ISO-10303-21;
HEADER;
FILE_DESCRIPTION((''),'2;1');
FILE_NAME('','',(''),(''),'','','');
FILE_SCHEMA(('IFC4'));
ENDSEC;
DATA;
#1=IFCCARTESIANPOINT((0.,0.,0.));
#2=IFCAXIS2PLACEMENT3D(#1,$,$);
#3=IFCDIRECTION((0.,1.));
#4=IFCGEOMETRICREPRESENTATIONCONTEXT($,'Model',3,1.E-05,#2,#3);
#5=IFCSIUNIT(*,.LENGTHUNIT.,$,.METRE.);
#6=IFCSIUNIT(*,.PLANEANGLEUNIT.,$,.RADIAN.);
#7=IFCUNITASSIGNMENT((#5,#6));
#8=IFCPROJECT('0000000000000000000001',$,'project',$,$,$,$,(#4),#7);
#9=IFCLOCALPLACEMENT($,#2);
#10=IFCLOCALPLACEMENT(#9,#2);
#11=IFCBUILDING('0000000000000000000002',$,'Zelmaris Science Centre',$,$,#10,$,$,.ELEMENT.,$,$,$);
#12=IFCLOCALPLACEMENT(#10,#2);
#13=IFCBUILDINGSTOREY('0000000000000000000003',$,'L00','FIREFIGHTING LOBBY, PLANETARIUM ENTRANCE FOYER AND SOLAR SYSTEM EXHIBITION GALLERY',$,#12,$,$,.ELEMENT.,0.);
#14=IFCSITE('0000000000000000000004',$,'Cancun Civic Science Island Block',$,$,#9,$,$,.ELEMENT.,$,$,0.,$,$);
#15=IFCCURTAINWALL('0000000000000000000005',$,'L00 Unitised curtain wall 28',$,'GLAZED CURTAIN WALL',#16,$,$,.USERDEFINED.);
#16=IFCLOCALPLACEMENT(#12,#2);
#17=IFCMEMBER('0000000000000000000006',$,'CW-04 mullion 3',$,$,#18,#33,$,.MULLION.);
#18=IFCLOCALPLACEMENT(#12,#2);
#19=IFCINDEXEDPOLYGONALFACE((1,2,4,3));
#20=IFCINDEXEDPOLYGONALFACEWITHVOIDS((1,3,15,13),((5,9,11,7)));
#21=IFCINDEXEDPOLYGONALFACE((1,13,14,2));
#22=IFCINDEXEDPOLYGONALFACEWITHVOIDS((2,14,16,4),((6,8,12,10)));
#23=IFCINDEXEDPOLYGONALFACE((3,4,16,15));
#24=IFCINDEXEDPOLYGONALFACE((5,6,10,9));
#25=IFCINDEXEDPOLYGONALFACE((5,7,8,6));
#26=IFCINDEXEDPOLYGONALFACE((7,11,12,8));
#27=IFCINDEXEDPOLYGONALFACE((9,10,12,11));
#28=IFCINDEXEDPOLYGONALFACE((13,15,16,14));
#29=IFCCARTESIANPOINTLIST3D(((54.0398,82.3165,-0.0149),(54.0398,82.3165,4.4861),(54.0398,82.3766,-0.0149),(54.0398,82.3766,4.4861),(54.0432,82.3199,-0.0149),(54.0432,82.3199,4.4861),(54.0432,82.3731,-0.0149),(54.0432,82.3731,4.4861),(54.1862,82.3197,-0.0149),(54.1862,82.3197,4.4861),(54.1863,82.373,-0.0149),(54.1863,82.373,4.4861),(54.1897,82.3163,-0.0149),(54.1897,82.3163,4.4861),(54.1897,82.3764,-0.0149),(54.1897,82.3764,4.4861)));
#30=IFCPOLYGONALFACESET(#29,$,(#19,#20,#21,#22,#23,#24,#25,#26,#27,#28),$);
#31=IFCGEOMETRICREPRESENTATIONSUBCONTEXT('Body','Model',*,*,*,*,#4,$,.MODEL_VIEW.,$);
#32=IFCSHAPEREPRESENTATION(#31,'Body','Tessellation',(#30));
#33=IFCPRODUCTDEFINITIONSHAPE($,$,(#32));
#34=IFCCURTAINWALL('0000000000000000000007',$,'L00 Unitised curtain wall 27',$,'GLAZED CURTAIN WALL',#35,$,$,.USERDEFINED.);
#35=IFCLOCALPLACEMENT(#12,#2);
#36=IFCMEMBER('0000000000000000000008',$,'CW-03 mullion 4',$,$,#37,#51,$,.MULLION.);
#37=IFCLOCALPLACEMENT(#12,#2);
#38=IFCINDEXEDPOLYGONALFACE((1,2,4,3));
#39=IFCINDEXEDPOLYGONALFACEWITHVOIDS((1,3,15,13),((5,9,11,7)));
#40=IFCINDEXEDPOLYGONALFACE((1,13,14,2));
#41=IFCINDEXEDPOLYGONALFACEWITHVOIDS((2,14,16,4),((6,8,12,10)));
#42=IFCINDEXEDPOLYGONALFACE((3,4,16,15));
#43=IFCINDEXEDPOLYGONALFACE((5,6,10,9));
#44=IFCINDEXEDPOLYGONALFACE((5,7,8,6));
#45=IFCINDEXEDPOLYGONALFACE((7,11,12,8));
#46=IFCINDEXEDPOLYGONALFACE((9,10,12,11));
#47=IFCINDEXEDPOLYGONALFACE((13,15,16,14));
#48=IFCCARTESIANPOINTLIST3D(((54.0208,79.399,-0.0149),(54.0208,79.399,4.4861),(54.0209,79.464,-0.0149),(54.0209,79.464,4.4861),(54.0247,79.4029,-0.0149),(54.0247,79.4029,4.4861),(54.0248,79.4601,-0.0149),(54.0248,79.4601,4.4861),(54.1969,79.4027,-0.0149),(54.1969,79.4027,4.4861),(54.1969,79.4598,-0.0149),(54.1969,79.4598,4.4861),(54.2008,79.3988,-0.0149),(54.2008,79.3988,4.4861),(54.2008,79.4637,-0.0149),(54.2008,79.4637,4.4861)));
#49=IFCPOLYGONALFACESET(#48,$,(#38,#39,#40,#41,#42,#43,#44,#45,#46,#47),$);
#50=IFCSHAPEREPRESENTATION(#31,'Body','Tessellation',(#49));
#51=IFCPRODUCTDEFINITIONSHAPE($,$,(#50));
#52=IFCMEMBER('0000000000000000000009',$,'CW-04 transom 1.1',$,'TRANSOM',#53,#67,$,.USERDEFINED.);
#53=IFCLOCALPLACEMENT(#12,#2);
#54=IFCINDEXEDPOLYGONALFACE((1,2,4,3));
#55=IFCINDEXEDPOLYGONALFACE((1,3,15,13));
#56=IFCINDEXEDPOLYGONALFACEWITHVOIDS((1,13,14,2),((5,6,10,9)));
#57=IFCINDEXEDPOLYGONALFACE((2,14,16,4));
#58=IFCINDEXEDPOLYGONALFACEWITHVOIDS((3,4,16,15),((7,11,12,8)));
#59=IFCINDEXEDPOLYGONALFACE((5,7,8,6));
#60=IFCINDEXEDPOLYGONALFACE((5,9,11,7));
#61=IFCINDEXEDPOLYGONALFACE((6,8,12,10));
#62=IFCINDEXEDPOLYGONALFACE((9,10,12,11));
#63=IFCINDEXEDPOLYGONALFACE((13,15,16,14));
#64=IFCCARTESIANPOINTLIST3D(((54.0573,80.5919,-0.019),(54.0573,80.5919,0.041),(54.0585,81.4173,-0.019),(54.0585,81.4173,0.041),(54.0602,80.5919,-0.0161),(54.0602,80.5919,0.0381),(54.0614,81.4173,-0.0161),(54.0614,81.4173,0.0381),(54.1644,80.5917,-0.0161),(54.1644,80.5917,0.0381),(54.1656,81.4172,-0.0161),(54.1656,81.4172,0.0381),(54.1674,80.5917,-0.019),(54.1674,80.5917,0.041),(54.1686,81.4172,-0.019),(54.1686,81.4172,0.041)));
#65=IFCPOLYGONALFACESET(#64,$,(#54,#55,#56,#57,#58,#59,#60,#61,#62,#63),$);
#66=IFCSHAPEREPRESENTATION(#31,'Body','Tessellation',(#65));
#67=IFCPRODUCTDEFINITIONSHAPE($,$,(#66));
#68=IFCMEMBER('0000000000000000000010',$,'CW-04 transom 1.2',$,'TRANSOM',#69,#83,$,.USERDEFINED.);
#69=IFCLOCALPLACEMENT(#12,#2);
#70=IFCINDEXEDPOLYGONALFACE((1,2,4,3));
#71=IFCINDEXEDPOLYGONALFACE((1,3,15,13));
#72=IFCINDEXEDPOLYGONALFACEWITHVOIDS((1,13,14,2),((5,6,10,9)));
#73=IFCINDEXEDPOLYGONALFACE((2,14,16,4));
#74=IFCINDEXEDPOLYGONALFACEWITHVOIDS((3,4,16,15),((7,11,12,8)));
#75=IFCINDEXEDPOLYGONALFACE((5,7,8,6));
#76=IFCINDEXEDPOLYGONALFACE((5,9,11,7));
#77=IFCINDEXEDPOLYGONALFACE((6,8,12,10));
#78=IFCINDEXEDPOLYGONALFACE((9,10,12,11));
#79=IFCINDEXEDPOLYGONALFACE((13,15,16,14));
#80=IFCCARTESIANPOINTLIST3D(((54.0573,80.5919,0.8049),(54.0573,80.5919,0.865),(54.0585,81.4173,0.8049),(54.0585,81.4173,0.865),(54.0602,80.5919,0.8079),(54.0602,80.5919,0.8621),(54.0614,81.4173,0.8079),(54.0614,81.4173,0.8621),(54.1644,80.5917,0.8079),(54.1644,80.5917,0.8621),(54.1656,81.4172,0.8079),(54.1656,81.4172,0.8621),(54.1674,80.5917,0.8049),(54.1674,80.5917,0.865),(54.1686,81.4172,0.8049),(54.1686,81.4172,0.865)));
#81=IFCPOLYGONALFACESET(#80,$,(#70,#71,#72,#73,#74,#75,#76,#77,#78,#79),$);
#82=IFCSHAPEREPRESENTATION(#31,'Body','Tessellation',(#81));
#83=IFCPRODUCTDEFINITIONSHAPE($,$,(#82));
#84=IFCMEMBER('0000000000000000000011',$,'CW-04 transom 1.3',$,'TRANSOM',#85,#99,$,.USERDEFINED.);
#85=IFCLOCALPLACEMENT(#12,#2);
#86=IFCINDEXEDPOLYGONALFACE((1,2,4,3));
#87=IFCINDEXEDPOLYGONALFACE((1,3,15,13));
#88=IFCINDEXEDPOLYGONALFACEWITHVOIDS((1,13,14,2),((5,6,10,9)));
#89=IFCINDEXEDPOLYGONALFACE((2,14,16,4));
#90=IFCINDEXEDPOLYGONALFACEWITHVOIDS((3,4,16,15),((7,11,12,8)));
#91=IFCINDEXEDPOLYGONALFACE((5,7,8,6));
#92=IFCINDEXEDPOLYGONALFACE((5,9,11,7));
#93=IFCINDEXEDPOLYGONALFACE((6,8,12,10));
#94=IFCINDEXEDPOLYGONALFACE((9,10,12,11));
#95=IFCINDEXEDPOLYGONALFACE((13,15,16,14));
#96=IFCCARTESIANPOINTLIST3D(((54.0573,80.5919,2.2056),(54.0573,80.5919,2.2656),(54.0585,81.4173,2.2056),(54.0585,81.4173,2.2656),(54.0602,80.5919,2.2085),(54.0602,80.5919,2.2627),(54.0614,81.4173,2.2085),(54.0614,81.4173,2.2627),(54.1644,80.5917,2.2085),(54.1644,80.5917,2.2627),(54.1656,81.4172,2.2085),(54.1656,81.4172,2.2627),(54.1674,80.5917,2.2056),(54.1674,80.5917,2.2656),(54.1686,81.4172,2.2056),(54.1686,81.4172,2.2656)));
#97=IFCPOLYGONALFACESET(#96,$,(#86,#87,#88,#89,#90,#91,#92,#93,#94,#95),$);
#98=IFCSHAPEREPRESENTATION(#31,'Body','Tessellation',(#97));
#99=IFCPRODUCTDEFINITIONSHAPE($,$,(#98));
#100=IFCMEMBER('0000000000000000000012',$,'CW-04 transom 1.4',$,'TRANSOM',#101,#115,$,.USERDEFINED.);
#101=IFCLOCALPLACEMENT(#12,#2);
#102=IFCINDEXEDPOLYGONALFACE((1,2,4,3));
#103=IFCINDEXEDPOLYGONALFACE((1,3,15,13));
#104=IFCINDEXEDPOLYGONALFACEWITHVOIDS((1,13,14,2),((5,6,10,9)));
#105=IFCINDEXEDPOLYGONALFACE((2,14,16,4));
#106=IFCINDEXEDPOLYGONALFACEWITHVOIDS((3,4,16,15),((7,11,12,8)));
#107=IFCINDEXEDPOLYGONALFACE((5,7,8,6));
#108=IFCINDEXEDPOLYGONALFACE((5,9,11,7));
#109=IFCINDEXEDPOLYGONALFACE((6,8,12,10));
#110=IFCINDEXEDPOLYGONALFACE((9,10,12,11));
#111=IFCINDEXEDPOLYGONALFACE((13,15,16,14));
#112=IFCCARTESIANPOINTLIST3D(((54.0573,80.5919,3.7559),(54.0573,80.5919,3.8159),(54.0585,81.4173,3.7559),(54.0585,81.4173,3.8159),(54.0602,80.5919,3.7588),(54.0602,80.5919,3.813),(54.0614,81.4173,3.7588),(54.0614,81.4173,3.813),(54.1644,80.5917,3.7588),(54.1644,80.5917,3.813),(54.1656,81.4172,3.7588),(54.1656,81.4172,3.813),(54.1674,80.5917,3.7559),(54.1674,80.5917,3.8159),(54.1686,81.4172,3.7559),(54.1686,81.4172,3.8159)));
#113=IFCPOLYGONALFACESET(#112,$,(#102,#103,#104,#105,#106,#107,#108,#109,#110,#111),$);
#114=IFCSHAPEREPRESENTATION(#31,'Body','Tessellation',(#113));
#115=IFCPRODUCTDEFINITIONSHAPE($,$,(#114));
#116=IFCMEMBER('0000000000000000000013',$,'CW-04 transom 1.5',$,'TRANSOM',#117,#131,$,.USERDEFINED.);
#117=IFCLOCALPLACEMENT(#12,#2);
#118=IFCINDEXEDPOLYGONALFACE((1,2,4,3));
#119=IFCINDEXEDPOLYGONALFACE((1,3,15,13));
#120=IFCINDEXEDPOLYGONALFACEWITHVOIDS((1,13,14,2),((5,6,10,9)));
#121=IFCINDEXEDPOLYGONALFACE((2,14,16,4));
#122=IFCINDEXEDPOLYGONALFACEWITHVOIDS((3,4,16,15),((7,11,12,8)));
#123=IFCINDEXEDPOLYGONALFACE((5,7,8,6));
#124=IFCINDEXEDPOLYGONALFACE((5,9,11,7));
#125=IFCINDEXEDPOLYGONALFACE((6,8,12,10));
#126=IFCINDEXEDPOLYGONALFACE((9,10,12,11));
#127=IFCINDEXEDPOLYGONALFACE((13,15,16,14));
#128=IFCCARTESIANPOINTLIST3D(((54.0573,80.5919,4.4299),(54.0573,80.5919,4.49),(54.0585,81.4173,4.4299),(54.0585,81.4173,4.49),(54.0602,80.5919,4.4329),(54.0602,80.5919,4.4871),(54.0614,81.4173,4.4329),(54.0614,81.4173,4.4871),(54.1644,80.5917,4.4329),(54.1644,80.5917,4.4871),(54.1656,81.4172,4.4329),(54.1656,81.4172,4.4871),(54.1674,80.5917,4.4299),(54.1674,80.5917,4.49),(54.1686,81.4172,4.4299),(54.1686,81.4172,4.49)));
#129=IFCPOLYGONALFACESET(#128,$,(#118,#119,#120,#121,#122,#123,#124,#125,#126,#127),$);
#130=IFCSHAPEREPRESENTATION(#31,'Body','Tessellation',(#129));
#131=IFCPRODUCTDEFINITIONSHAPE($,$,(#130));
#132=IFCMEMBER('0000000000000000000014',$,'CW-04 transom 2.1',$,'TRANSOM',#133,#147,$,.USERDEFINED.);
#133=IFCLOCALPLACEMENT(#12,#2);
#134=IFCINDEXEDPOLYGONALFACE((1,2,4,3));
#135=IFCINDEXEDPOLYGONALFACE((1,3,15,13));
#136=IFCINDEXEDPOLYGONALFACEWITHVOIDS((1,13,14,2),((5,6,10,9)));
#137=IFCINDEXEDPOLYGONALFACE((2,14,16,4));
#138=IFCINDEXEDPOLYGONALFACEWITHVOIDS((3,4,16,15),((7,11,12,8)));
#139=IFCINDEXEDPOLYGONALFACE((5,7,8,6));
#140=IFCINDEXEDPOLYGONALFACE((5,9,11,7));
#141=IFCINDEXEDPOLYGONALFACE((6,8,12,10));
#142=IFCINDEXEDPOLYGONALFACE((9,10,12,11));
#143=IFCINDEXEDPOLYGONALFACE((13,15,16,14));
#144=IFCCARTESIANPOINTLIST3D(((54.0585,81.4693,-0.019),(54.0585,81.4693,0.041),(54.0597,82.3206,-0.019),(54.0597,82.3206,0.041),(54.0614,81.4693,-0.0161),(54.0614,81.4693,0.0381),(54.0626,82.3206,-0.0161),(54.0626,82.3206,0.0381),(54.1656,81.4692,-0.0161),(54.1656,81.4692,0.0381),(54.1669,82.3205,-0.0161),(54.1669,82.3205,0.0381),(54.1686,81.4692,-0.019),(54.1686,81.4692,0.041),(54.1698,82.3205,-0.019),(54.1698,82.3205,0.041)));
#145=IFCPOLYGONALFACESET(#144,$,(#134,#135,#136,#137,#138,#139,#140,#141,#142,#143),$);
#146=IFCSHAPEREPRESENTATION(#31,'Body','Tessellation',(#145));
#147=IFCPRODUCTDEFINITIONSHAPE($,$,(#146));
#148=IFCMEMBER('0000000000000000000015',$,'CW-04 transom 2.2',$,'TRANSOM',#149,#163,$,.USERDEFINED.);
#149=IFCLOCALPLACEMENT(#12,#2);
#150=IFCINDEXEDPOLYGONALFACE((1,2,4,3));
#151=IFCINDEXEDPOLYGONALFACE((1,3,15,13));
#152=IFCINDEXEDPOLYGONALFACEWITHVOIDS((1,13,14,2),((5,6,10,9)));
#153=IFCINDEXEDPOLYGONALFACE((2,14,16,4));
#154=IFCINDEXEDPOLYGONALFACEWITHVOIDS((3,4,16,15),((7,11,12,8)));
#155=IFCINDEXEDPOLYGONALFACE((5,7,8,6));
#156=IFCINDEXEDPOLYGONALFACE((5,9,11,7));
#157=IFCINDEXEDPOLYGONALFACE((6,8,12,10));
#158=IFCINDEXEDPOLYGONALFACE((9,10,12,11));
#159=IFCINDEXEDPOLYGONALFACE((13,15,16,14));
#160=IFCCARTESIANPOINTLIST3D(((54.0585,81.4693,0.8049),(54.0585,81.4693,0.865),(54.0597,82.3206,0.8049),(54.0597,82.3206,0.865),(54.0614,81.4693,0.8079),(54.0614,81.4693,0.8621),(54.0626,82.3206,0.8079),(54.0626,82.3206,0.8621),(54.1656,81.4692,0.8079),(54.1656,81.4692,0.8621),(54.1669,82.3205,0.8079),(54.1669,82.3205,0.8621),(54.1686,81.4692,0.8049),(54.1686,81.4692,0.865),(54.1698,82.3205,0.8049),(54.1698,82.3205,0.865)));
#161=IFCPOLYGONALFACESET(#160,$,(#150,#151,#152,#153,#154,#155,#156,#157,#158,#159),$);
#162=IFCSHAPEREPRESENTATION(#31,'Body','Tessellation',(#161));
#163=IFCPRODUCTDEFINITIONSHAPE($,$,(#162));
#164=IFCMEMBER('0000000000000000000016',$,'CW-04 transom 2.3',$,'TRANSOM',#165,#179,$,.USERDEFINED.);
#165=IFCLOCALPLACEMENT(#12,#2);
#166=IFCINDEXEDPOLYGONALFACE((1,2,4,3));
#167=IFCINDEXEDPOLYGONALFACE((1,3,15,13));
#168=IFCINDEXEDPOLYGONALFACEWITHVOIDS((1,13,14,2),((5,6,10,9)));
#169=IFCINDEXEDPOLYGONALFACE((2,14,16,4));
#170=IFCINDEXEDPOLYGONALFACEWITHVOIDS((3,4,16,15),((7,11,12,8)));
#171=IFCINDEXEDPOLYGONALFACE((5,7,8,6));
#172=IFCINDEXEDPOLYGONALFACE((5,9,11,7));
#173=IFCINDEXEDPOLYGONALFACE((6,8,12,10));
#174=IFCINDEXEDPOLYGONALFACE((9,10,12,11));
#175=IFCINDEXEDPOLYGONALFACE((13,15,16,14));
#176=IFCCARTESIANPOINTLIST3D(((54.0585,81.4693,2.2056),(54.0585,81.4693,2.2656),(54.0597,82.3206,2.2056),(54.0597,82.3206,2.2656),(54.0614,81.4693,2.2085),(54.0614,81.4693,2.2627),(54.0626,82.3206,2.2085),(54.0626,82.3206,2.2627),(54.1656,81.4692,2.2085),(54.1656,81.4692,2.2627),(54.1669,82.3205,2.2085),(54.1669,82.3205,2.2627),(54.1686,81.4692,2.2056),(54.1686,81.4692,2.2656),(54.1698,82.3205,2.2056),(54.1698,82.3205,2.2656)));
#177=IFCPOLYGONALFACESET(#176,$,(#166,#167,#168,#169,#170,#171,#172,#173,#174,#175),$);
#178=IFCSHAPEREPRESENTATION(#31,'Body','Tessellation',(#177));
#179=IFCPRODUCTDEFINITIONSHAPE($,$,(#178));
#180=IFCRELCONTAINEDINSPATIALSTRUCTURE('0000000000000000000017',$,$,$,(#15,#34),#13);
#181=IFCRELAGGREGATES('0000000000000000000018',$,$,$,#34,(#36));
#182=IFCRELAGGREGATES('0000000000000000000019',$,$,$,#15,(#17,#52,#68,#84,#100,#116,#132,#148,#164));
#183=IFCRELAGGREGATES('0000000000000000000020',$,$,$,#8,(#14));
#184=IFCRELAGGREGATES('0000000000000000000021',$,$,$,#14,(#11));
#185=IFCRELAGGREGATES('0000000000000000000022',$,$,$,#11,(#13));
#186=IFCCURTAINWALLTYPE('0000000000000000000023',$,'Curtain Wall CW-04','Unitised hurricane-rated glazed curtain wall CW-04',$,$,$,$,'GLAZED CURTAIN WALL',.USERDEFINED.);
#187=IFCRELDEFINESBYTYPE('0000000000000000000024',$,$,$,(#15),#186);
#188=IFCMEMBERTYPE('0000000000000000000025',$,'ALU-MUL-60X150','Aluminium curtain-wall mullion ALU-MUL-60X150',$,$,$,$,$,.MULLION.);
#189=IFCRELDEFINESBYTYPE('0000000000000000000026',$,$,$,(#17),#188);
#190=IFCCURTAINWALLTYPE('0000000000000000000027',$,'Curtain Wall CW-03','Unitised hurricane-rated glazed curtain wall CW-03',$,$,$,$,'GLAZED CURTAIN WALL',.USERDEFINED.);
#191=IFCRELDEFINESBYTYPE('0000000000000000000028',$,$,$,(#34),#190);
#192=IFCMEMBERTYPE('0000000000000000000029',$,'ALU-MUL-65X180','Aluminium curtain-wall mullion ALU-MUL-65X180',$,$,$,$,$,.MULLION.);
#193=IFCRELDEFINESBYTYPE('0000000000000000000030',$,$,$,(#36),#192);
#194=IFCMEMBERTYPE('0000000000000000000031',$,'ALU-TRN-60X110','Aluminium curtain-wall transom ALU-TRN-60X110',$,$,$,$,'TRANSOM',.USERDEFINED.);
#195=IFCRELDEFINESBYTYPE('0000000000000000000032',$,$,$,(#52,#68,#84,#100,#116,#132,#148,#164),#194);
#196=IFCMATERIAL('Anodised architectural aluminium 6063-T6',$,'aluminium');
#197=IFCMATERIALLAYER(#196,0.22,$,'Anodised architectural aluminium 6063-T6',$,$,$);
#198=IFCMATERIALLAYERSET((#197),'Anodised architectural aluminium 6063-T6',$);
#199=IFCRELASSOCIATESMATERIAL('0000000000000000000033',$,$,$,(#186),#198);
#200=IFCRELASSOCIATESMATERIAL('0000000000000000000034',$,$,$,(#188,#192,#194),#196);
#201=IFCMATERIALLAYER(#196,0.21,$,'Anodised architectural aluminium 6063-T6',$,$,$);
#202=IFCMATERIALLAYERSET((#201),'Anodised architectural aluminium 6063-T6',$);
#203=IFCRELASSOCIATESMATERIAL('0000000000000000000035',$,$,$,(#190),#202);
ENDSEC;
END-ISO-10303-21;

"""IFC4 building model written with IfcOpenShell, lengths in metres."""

from ifc_helpers import new_model, si_unit, direction, frame, origin, origin_2d, place, context, subcontext, project, spatial, hollow_rectangle, extrude, material, layer, layer_set, material_profile, profile_set, type_object, element, aggregate, save


model = new_model("IFC4")

# Units and contexts
model_context = context("Model", 3, precision=1e-05, world=origin(), true_north=direction((0.0, 1.0)))
body_context = subcontext(model_context, "Body", "Model", "MODEL_VIEW")
ifc_project = project(units=[si_unit("LENGTHUNIT", "METRE"), si_unit("PLANEANGLEUNIT", "RADIAN")], contexts=[model_context])

# Site, building, storey
site_placement = place(None, origin())
site = spatial("IfcSite", under=ifc_project, at=site_placement, Name="Cancun Civic Science Island Block", CompositionType="ELEMENT", RefElevation=0.0)
building_placement = place(site_placement, origin())
building = spatial("IfcBuilding", under=site, at=building_placement, Name="Zelmaris Science Centre", CompositionType="ELEMENT")
storey_placement = place(building_placement, origin())
storey = spatial("IfcBuildingStorey", under=building, at=storey_placement, Name="L00", Description="FIREFIGHTING LOBBY, PLANETARIUM ENTRANCE FOYER AND SOLAR SYSTEM EXHIBITION GALLERY", CompositionType="ELEMENT", Elevation=0.0)

# Curtain wall, member
ifc_material_1 = material(Name="Anodised architectural aluminium 6063-T6", Category="aluminium")
ifc_layer_1 = layer(ifc_material_1, 0.22, Name="Anodised architectural aluminium 6063-T6")
ifc_layer_set_1 = layer_set([ifc_layer_1], Name="Anodised architectural aluminium 6063-T6")
curtain_wall_type_1 = type_object("IfcCurtainWallType", Name="Curtain Wall CW-04", Description="Unitised hurricane-rated glazed curtain wall CW-04", ElementType="GLAZED CURTAIN WALL", PredefinedType="USERDEFINED", material=ifc_layer_set_1)
curtain_wall_1_placement = place(storey_placement, origin())
curtain_wall_1 = element("IfcCurtainWall", 1, at=curtain_wall_1_placement, inside=storey, type_object=curtain_wall_type_1, Name="L00 Unitised curtain wall 28", ObjectType="GLAZED CURTAIN WALL", PredefinedType="USERDEFINED")
ifc_material_profile_1 = material_profile(ifc_material_1, hollow_rectangle(XDim=0.0601, YDim=0.1499, WallThickness=0.0034, at=origin_2d()), Name="ALU-MUL-60X150")
ifc_profile_set_1 = profile_set([ifc_material_profile_1], Name="Anodised architectural aluminium 6063-T6")
member_type_1 = type_object("IfcMemberType", Name="ALU-MUL-60X150", Description="Aluminium curtain-wall mullion ALU-MUL-60X150", PredefinedType="MULLION", material=ifc_profile_set_1)
member_1_placement = place(storey_placement, frame((54.1147, 82.3464, -0.0149), z_axis=(0.0, 0.0, 1.0), x_axis=(0.001307, 0.999999, 0.0)))
member_1 = element("IfcMember", 2, at=member_1_placement, type_object=member_type_1, Name="CW-04 mullion 3", PredefinedType="MULLION", context=body_context, shape_type="SweptSolid", body=[
    extrude(hollow_rectangle(XDim=0.0601, YDim=0.1499, WallThickness=0.0034, at=origin_2d()), origin(), (0.0, 0.0, 1.0), 4.501),
])

# Curtain wall, member
ifc_layer_2 = layer(ifc_material_1, 0.21, Name="Anodised architectural aluminium 6063-T6")
ifc_layer_set_2 = layer_set([ifc_layer_2], Name="Anodised architectural aluminium 6063-T6")
curtain_wall_type_2 = type_object("IfcCurtainWallType", Name="Curtain Wall CW-03", Description="Unitised hurricane-rated glazed curtain wall CW-03", ElementType="GLAZED CURTAIN WALL", PredefinedType="USERDEFINED", material=ifc_layer_set_2)
curtain_wall_2_placement = place(storey_placement, origin())
curtain_wall_2 = element("IfcCurtainWall", 3, at=curtain_wall_2_placement, inside=storey, type_object=curtain_wall_type_2, Name="L00 Unitised curtain wall 27", ObjectType="GLAZED CURTAIN WALL", PredefinedType="USERDEFINED")
ifc_material_profile_2 = material_profile(ifc_material_1, hollow_rectangle(XDim=0.0649, YDim=0.1799, WallThickness=0.0039, at=origin_2d()), Name="ALU-MUL-65X180")
ifc_profile_set_2 = profile_set([ifc_material_profile_2], Name="Anodised architectural aluminium 6063-T6")
member_type_2 = type_object("IfcMemberType", Name="ALU-MUL-65X180", Description="Aluminium curtain-wall mullion ALU-MUL-65X180", PredefinedType="MULLION", material=ifc_profile_set_2)
member_2_placement = place(storey_placement, frame((54.1108, 79.4314, -0.0149), z_axis=(0.0, 0.0, 1.0), x_axis=(0.001307, 0.999999, 0.0)))
member_2 = element("IfcMember", 4, at=member_2_placement, type_object=member_type_2, Name="CW-03 mullion 4", PredefinedType="MULLION", context=body_context, shape_type="SweptSolid", body=[
    extrude(hollow_rectangle(XDim=0.0649, YDim=0.1799, WallThickness=0.0039, at=origin_2d()), origin(), (0.0, 0.0, 1.0), 4.501),
])

# Members
ifc_material_profile_3 = material_profile(ifc_material_1, hollow_rectangle(XDim=0.0601, YDim=0.1101, WallThickness=0.0029, at=origin_2d()), Name="ALU-TRN-60X110")
ifc_profile_set_3 = profile_set([ifc_material_profile_3], Name="Anodised architectural aluminium 6063-T6")
member_type_3 = type_object("IfcMemberType", Name="ALU-TRN-60X110", Description="Aluminium curtain-wall transom ALU-TRN-60X110", ElementType="TRANSOM", PredefinedType="USERDEFINED", material=ifc_profile_set_3)
member_3_placement = place(storey_placement, frame((54.1123, 80.5918, 0.011), z_axis=(0.001479, 0.999999, 0.0), x_axis=(0.0, 0.0, 1.0)))
member_3 = element("IfcMember", 5, at=member_3_placement, type_object=member_type_3, Name="CW-04 transom 1.1", ObjectType="TRANSOM", PredefinedType="USERDEFINED", context=body_context, shape_type="SweptSolid", body=[
    extrude(hollow_rectangle(XDim=0.0601, YDim=0.1101, WallThickness=0.0029, at=origin_2d()), origin(), (0.0, 0.0, 1.0), 0.8254),
])
member_4_placement = place(storey_placement, frame((54.1123, 80.5918, 0.835), z_axis=(0.001479, 0.999999, 0.0), x_axis=(0.0, 0.0, 1.0)))
member_4 = element("IfcMember", 6, at=member_4_placement, type_object=member_type_3, Name="CW-04 transom 1.2", ObjectType="TRANSOM", PredefinedType="USERDEFINED", context=body_context, shape_type="SweptSolid", body=[
    extrude(hollow_rectangle(XDim=0.0601, YDim=0.1101, WallThickness=0.0029, at=origin_2d()), origin(), (0.0, 0.0, 1.0), 0.8254),
])
member_5_placement = place(storey_placement, frame((54.1123, 80.5918, 2.2356), z_axis=(0.001479, 0.999999, 0.0), x_axis=(0.0, 0.0, 1.0)))
member_5 = element("IfcMember", 7, at=member_5_placement, type_object=member_type_3, Name="CW-04 transom 1.3", ObjectType="TRANSOM", PredefinedType="USERDEFINED", context=body_context, shape_type="SweptSolid", body=[
    extrude(hollow_rectangle(XDim=0.0601, YDim=0.1101, WallThickness=0.0029, at=origin_2d()), origin(), (0.0, 0.0, 1.0), 0.8254),
])
member_6_placement = place(storey_placement, frame((54.1123, 80.5918, 3.7859), z_axis=(0.001479, 0.999999, 0.0), x_axis=(0.0, 0.0, 1.0)))
member_6 = element("IfcMember", 8, at=member_6_placement, type_object=member_type_3, Name="CW-04 transom 1.4", ObjectType="TRANSOM", PredefinedType="USERDEFINED", context=body_context, shape_type="SweptSolid", body=[
    extrude(hollow_rectangle(XDim=0.0601, YDim=0.1101, WallThickness=0.0029, at=origin_2d()), origin(), (0.0, 0.0, 1.0), 0.8254),
])
member_7_placement = place(storey_placement, frame((54.1123, 80.5918, 4.46), z_axis=(0.001479, 0.999999, 0.0), x_axis=(0.0, 0.0, 1.0)))
member_7 = element("IfcMember", 9, at=member_7_placement, type_object=member_type_3, Name="CW-04 transom 1.5", ObjectType="TRANSOM", PredefinedType="USERDEFINED", context=body_context, shape_type="SweptSolid", body=[
    extrude(hollow_rectangle(XDim=0.0601, YDim=0.1101, WallThickness=0.0029, at=origin_2d()), origin(), (0.0, 0.0, 1.0), 0.8254),
])
member_8_placement = place(storey_placement, frame((54.1135, 81.4692, 0.011), z_axis=(0.001434, 0.999999, 0.0), x_axis=(0.0, 0.0, 1.0)))
member_8 = element("IfcMember", 10, at=member_8_placement, type_object=member_type_3, Name="CW-04 transom 2.1", ObjectType="TRANSOM", PredefinedType="USERDEFINED", context=body_context, shape_type="SweptSolid", body=[
    extrude(hollow_rectangle(XDim=0.0601, YDim=0.1101, WallThickness=0.0029, at=origin_2d()), origin(), (0.0, 0.0, 1.0), 0.8513),
])
member_9_placement = place(storey_placement, frame((54.1135, 81.4692, 0.835), z_axis=(0.001434, 0.999999, 0.0), x_axis=(0.0, 0.0, 1.0)))
member_9 = element("IfcMember", 11, at=member_9_placement, type_object=member_type_3, Name="CW-04 transom 2.2", ObjectType="TRANSOM", PredefinedType="USERDEFINED", context=body_context, shape_type="SweptSolid", body=[
    extrude(hollow_rectangle(XDim=0.0601, YDim=0.1101, WallThickness=0.0029, at=origin_2d()), origin(), (0.0, 0.0, 1.0), 0.8513),
])
member_10_placement = place(storey_placement, frame((54.1135, 81.4692, 2.2356), z_axis=(0.001434, 0.999999, 0.0), x_axis=(0.0, 0.0, 1.0)))
member_10 = element("IfcMember", 12, at=member_10_placement, type_object=member_type_3, Name="CW-04 transom 2.3", ObjectType="TRANSOM", PredefinedType="USERDEFINED", context=body_context, shape_type="SweptSolid", body=[
    extrude(hollow_rectangle(XDim=0.0601, YDim=0.1101, WallThickness=0.0029, at=origin_2d()), origin(), (0.0, 0.0, 1.0), 0.8513),
])

aggregate(curtain_wall_2, [member_2])
aggregate(curtain_wall_1, [member_1, member_3, member_4, member_5, member_6, member_7, member_8, member_9, member_10])

save(model, "model.ifc")
